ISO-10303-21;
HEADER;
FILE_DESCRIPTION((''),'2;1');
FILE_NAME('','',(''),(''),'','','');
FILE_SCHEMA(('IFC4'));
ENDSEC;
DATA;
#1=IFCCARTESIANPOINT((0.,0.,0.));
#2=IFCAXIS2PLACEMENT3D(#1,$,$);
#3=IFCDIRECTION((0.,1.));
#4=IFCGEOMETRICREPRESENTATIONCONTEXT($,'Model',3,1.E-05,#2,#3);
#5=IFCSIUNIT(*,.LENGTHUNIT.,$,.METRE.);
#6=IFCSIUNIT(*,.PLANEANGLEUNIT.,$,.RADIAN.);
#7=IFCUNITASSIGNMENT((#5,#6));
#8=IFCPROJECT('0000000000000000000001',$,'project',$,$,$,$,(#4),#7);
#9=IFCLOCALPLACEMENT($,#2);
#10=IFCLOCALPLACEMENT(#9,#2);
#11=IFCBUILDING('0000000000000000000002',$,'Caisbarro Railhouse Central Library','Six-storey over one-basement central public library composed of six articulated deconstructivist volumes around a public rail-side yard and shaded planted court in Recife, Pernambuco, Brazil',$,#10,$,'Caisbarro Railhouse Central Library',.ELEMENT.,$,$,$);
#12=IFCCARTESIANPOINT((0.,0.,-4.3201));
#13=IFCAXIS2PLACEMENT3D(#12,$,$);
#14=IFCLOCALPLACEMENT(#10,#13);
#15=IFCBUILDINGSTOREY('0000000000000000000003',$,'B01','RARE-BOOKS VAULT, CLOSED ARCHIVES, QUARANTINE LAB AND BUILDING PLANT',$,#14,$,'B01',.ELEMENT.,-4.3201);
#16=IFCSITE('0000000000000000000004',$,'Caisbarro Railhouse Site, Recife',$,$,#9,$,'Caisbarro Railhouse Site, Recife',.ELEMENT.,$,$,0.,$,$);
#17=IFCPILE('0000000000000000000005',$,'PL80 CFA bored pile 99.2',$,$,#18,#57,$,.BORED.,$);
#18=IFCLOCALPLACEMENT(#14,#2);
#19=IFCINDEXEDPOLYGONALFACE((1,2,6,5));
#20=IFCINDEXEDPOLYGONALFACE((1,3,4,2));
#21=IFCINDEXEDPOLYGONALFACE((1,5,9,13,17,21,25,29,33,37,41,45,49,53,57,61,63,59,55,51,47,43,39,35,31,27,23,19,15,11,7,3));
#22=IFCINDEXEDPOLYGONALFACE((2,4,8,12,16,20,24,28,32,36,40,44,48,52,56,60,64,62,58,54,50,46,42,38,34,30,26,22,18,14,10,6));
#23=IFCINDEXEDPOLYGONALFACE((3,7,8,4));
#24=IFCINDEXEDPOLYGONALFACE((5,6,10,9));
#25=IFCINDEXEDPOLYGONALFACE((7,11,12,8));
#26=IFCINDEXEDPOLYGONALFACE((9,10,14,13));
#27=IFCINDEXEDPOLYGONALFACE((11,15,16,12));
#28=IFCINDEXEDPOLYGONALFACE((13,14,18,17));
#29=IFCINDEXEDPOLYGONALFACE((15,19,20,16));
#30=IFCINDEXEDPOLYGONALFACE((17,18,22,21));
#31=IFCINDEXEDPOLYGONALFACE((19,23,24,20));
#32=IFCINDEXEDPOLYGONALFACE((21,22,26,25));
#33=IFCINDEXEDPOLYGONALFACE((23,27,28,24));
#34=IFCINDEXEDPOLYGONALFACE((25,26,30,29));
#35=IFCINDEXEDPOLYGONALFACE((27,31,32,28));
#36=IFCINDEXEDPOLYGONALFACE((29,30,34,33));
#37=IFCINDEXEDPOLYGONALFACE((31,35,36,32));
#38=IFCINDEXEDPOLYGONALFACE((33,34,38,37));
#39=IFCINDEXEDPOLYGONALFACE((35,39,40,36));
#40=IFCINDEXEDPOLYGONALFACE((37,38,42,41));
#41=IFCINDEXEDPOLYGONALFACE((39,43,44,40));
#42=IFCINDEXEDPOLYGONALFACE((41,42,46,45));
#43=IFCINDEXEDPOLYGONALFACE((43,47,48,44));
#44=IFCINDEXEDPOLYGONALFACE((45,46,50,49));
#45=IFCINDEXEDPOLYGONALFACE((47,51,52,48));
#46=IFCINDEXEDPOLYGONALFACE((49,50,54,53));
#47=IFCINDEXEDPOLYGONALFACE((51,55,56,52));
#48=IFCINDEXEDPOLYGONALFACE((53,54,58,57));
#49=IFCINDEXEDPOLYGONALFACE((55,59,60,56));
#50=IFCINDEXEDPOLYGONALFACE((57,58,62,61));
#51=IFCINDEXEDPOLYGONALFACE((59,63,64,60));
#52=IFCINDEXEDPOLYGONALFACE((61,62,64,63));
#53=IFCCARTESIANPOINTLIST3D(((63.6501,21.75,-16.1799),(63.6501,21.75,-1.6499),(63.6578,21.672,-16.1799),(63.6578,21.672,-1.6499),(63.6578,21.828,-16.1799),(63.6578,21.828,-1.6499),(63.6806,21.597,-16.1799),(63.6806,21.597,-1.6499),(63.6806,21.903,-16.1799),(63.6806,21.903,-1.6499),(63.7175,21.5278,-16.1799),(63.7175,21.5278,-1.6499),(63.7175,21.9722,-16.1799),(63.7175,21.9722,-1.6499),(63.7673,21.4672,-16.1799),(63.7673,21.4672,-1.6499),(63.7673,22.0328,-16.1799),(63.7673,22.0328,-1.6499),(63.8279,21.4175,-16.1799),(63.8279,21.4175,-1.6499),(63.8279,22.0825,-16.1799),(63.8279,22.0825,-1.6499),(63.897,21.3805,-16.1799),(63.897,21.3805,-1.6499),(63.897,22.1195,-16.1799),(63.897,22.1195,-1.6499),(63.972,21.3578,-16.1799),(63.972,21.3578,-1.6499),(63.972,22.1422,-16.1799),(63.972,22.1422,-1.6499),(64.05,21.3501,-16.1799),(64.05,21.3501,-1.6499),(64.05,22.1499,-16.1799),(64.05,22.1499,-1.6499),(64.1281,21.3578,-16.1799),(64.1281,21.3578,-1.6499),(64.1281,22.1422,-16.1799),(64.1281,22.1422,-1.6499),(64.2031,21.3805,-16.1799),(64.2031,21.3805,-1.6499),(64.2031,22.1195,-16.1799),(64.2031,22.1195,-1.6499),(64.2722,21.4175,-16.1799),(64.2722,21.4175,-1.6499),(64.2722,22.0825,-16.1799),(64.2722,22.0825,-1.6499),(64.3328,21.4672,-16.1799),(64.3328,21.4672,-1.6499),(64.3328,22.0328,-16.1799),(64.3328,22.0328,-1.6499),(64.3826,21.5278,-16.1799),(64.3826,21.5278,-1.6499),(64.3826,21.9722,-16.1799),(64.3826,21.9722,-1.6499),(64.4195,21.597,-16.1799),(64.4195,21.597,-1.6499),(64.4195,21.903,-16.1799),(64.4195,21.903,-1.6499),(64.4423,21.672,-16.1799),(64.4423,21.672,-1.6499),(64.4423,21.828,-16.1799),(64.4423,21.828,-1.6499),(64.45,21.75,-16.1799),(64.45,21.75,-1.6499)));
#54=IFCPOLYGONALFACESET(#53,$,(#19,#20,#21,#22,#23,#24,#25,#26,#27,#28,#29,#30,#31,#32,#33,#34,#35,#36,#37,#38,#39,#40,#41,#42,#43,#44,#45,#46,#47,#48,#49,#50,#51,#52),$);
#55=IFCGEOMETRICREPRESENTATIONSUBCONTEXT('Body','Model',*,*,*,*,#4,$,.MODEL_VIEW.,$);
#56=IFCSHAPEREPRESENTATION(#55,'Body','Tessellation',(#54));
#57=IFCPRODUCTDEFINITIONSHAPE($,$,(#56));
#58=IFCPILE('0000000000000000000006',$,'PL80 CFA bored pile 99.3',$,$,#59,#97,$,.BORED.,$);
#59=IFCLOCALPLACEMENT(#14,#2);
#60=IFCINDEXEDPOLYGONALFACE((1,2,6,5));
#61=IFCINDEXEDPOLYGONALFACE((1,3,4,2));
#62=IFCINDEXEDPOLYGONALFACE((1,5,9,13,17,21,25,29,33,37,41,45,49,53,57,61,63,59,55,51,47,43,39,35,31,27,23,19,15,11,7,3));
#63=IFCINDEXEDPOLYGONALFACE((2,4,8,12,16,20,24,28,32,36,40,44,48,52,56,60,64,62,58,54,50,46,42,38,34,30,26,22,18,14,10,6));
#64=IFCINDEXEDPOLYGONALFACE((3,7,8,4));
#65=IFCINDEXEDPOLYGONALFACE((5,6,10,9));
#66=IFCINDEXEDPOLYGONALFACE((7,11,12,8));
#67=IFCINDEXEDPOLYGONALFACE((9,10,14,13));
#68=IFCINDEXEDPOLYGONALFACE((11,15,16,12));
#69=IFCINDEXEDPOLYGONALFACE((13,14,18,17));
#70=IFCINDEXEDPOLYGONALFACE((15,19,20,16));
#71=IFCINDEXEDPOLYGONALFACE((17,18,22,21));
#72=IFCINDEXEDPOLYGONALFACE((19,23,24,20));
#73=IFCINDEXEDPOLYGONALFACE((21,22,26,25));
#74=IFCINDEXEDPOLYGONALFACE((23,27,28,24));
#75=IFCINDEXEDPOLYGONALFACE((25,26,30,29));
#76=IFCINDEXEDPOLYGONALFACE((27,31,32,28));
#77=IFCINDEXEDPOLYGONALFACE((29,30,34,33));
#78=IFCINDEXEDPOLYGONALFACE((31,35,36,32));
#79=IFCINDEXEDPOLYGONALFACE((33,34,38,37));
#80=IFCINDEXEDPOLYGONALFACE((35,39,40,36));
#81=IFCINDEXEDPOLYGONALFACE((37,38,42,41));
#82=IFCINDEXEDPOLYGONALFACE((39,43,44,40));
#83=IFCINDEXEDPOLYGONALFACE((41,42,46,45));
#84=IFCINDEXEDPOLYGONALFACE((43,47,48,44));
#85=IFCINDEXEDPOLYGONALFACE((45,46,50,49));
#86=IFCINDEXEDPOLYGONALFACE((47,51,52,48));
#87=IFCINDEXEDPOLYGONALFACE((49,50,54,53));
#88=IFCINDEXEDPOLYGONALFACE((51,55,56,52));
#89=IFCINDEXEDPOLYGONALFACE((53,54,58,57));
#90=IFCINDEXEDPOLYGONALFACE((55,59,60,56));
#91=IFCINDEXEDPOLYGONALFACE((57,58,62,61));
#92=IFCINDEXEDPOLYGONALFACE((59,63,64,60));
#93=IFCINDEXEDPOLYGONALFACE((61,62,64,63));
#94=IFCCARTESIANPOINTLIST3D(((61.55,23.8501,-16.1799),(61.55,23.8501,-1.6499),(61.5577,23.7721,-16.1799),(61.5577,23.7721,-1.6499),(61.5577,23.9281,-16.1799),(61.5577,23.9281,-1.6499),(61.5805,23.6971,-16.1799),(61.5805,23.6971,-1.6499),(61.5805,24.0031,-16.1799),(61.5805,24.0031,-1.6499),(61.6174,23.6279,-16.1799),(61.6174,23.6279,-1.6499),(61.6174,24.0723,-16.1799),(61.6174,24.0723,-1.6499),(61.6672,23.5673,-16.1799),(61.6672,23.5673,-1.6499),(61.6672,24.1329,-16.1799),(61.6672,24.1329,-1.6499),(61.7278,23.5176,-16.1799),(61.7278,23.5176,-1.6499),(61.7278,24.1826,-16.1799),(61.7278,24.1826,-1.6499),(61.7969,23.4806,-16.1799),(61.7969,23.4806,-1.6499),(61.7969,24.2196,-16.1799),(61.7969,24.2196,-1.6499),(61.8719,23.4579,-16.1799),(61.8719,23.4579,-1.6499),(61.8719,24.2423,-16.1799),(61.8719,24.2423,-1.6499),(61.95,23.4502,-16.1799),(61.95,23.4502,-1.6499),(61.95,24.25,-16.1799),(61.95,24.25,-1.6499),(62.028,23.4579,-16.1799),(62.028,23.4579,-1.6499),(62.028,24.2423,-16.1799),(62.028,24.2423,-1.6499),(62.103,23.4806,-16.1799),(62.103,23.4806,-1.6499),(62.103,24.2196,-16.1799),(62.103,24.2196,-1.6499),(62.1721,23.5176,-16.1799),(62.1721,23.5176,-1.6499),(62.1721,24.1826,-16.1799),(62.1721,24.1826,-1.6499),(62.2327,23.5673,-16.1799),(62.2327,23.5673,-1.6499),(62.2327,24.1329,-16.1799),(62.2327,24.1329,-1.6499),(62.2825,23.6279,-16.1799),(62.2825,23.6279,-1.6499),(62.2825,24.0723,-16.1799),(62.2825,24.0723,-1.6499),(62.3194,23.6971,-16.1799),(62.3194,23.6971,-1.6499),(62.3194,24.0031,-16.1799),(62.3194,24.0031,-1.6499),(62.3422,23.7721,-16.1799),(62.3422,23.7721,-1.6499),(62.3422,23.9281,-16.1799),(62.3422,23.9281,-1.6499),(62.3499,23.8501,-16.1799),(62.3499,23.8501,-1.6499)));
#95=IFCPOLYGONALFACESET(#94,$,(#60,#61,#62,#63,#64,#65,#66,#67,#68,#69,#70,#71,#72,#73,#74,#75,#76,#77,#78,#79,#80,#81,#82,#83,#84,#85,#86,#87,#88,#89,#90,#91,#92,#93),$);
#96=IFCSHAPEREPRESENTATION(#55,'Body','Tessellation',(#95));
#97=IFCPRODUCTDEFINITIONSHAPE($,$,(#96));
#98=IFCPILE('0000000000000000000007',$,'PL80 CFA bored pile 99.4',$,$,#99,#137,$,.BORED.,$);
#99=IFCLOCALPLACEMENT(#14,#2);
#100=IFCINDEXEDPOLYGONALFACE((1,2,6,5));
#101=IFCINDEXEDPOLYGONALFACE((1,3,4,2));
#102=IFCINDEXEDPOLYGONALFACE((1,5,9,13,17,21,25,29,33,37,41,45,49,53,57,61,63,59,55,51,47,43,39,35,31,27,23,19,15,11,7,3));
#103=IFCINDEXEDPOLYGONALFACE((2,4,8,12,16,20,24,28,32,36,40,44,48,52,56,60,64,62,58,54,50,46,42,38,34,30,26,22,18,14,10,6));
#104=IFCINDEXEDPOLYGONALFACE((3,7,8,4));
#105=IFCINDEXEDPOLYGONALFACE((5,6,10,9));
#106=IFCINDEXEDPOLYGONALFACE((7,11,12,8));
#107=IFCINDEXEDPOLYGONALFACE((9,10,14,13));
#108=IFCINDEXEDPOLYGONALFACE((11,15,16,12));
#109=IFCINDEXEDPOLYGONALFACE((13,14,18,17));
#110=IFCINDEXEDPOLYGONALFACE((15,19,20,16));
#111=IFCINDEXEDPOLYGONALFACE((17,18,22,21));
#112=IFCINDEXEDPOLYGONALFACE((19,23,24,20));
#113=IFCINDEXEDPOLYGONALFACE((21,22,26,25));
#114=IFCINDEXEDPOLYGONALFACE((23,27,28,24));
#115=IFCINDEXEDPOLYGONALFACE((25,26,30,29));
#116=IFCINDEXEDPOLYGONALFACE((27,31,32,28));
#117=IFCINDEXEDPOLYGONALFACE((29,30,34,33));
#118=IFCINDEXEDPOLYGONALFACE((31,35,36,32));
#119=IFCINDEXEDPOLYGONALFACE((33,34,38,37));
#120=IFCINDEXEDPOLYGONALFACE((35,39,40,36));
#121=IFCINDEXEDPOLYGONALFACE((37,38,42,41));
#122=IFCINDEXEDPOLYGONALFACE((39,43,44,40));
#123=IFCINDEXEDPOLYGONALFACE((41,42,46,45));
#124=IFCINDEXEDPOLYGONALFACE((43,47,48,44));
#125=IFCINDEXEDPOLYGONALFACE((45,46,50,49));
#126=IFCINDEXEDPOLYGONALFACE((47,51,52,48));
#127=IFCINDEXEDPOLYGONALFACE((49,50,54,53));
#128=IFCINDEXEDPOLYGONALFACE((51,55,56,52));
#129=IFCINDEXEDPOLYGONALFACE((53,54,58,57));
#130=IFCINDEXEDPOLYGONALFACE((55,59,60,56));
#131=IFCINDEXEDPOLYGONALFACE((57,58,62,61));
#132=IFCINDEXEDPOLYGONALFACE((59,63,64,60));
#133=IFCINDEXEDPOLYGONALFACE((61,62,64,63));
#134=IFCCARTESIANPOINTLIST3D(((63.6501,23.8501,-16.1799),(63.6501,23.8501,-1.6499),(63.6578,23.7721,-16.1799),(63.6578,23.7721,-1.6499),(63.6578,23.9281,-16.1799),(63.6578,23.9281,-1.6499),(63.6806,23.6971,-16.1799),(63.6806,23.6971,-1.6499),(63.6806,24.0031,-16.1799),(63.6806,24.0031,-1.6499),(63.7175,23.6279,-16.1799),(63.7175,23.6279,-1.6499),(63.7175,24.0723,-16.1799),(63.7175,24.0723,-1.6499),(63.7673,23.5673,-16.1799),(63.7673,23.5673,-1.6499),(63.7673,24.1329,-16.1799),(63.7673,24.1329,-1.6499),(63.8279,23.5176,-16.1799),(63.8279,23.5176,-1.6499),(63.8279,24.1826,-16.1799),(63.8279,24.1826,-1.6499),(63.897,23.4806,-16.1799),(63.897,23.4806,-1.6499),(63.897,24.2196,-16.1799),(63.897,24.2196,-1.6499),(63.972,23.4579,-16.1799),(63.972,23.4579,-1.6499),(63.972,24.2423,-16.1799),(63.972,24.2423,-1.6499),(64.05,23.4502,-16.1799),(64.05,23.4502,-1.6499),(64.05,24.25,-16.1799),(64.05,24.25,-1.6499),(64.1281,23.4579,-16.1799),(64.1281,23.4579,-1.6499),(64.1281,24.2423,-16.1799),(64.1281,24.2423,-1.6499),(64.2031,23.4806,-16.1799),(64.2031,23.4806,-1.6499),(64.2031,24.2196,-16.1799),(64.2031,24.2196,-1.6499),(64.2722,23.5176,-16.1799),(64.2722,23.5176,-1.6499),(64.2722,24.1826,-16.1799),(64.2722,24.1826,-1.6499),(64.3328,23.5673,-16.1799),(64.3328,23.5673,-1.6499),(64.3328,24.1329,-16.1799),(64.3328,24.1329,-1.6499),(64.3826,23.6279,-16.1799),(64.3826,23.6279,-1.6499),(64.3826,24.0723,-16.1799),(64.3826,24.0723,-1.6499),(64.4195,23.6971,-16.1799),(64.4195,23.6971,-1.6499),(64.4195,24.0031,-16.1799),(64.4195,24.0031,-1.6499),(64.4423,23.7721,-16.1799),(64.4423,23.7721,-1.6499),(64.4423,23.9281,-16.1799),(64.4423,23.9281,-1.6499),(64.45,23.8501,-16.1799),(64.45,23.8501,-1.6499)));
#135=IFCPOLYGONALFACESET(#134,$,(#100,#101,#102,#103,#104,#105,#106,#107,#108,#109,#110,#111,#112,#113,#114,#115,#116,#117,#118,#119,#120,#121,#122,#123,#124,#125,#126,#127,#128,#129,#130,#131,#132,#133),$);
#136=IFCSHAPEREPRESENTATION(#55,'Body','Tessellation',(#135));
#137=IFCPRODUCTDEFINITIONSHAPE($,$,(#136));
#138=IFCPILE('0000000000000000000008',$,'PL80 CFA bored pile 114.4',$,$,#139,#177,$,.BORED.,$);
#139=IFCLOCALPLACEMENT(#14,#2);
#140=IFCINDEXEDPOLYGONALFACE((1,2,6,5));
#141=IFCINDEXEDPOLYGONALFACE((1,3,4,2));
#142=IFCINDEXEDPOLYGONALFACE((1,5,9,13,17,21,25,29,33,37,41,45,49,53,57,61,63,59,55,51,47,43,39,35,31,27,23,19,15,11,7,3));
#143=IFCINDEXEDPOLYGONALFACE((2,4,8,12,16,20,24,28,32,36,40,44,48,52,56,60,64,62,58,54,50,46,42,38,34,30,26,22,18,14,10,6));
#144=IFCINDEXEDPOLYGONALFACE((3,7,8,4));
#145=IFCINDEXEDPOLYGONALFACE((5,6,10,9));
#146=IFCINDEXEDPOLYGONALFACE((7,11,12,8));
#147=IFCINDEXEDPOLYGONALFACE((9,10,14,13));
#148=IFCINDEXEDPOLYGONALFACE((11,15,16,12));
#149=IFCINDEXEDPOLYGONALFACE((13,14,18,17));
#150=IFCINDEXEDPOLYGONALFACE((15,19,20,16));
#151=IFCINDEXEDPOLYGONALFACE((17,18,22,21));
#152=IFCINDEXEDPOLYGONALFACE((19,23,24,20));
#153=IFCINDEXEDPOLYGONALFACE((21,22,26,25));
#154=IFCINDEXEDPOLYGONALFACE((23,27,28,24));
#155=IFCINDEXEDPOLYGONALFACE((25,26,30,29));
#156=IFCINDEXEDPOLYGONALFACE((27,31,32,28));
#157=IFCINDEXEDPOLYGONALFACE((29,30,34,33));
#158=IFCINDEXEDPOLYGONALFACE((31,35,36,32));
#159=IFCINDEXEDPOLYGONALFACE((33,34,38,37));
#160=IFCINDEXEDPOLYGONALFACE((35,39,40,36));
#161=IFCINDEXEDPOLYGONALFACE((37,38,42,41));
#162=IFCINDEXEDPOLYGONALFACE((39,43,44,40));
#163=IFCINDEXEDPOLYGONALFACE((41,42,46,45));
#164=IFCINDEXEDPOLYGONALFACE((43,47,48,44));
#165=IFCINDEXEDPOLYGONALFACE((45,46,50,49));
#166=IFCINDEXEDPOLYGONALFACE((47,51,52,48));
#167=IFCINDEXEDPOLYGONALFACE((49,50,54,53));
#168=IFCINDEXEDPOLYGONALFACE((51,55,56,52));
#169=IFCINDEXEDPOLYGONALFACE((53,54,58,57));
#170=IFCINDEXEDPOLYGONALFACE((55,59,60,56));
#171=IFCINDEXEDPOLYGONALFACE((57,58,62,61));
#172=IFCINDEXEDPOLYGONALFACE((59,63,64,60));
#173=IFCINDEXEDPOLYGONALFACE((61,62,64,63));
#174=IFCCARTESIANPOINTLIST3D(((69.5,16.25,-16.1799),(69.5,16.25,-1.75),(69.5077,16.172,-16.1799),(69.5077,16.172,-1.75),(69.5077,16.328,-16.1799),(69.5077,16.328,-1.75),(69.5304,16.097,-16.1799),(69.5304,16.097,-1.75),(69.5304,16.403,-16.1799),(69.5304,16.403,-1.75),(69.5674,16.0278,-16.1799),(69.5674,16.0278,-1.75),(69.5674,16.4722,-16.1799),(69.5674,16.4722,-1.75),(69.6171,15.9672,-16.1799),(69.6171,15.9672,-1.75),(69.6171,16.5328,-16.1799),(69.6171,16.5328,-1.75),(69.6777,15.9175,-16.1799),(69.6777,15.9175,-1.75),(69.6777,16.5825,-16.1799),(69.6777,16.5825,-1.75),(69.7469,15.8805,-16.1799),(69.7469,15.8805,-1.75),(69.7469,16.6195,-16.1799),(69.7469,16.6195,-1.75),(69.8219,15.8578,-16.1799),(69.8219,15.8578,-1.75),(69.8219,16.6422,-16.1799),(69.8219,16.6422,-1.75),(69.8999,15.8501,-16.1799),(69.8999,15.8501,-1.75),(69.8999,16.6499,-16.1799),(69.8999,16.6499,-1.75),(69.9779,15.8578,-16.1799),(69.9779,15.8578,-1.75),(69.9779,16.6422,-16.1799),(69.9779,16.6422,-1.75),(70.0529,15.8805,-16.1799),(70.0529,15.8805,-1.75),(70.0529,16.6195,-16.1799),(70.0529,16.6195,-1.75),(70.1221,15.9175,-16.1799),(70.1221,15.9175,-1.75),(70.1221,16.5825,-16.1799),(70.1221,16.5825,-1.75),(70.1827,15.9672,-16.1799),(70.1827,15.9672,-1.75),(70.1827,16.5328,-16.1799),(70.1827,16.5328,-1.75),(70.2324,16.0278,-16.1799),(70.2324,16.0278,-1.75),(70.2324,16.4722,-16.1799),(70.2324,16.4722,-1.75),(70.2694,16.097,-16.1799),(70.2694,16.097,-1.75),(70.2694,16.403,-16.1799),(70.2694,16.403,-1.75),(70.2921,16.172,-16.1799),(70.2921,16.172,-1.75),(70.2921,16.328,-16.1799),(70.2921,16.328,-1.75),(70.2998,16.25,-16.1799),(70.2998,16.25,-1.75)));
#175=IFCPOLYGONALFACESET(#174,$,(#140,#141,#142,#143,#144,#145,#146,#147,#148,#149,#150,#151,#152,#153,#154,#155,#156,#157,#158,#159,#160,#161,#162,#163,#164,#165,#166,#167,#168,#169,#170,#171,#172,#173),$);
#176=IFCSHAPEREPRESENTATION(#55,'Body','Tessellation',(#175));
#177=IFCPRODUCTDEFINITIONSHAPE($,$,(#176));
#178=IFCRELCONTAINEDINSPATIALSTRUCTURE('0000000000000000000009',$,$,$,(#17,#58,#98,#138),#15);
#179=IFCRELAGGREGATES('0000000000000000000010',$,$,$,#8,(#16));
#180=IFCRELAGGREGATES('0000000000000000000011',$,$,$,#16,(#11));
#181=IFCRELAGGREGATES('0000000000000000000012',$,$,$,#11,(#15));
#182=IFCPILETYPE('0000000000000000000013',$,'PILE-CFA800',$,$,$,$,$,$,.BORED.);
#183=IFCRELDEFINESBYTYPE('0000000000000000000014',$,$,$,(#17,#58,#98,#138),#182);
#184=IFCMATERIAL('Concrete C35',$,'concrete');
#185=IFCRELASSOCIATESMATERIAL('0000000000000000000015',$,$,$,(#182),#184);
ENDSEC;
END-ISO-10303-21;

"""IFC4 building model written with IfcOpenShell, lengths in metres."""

from ifc_helpers import new_model, si_unit, direction, frame, origin, origin_2d, place, context, subcontext, project, spatial, circle, extrude, material, material_profile, profile_set, type_object, element, save


model = new_model("IFC4")

# Units and contexts
model_context = context("Model", 3, precision=1e-05, world=origin(), true_north=direction((0.0, 1.0)))
body_context = subcontext(model_context, "Body", "Model", "MODEL_VIEW")
ifc_project = project(units=[si_unit("LENGTHUNIT", "METRE"), si_unit("PLANEANGLEUNIT", "RADIAN")], contexts=[model_context])

# Site, building, storey
site_placement = place(None, origin())
site = spatial("IfcSite", under=ifc_project, at=site_placement, Name="Caisbarro Railhouse Site, Recife", LongName="Caisbarro Railhouse Site, Recife", CompositionType="ELEMENT", RefElevation=0.0)
building_placement = place(site_placement, origin())
building = spatial("IfcBuilding", under=site, at=building_placement, Name="Caisbarro Railhouse Central Library", Description="Six-storey over one-basement central public library composed of six articulated deconstructivist volumes around a public rail-side yard and shaded planted court in Recife, Pernambuco, Brazil", LongName="Caisbarro Railhouse Central Library", CompositionType="ELEMENT")
storey_placement = place(building_placement, frame((0.0, 0.0, -4.3201)))
storey = spatial("IfcBuildingStorey", under=building, at=storey_placement, Name="B01", Description="RARE-BOOKS VAULT, CLOSED ARCHIVES, QUARANTINE LAB AND BUILDING PLANT", LongName="B01", CompositionType="ELEMENT", Elevation=-4.3201)

# Piles
ifc_material_1 = material(Name="Concrete C35", Category="concrete")
ifc_material_profile_1 = material_profile(ifc_material_1, circle(Radius=0.3999, at=origin_2d()), Name="PILE-CFA-800")
ifc_profile_set_1 = profile_set([ifc_material_profile_1], Name="Concrete C35")
pile_type_1 = type_object("IfcPileType", Name="PILE-CFA800", PredefinedType="BORED", material=ifc_profile_set_1)
for number, where, z_axis, x_axis, name in (
    (1, (64.05, 21.75, -1.6499), (0.0, 0.0, -1.0), (1.0, 0.0, 0.0), "PL80 CFA bored pile 99.2"),
    (2, (61.95, 23.8501, -1.6499), (0.0, 0.0, -1.0), (1.0, 0.0, 0.0), "PL80 CFA bored pile 99.3"),
    (3, (64.05, 23.8501, -1.6499), (0.0, 0.0, -1.0), (1.0, 0.0, 0.0), "PL80 CFA bored pile 99.4"),
):
    element("IfcPile", number, at=place(storey_placement, frame(where, z_axis=z_axis, x_axis=x_axis)), inside=storey, type_object=pile_type_1, Name=name, PredefinedType="BORED", context=body_context, shape_type="SweptSolid", body=[
        extrude(circle(Radius=0.3999, at=origin_2d()), origin(), (0.0, 0.0, 1.0), 14.53),
    ])
for number, where, z_axis, x_axis, name in (
    (4, (69.8999, 16.25, -1.75), (0.0, 0.0, -1.0), (1.0, 0.0, 0.0), "PL80 CFA bored pile 114.4"),
):
    element("IfcPile", number, at=place(storey_placement, frame(where, z_axis=z_axis, x_axis=x_axis)), inside=storey, type_object=pile_type_1, Name=name, PredefinedType="BORED", context=body_context, shape_type="SweptSolid", body=[
        extrude(circle(Radius=0.3999, at=origin_2d()), origin(), (0.0, 0.0, 1.0), 14.4299),
    ])

save(model, "model.ifc")
